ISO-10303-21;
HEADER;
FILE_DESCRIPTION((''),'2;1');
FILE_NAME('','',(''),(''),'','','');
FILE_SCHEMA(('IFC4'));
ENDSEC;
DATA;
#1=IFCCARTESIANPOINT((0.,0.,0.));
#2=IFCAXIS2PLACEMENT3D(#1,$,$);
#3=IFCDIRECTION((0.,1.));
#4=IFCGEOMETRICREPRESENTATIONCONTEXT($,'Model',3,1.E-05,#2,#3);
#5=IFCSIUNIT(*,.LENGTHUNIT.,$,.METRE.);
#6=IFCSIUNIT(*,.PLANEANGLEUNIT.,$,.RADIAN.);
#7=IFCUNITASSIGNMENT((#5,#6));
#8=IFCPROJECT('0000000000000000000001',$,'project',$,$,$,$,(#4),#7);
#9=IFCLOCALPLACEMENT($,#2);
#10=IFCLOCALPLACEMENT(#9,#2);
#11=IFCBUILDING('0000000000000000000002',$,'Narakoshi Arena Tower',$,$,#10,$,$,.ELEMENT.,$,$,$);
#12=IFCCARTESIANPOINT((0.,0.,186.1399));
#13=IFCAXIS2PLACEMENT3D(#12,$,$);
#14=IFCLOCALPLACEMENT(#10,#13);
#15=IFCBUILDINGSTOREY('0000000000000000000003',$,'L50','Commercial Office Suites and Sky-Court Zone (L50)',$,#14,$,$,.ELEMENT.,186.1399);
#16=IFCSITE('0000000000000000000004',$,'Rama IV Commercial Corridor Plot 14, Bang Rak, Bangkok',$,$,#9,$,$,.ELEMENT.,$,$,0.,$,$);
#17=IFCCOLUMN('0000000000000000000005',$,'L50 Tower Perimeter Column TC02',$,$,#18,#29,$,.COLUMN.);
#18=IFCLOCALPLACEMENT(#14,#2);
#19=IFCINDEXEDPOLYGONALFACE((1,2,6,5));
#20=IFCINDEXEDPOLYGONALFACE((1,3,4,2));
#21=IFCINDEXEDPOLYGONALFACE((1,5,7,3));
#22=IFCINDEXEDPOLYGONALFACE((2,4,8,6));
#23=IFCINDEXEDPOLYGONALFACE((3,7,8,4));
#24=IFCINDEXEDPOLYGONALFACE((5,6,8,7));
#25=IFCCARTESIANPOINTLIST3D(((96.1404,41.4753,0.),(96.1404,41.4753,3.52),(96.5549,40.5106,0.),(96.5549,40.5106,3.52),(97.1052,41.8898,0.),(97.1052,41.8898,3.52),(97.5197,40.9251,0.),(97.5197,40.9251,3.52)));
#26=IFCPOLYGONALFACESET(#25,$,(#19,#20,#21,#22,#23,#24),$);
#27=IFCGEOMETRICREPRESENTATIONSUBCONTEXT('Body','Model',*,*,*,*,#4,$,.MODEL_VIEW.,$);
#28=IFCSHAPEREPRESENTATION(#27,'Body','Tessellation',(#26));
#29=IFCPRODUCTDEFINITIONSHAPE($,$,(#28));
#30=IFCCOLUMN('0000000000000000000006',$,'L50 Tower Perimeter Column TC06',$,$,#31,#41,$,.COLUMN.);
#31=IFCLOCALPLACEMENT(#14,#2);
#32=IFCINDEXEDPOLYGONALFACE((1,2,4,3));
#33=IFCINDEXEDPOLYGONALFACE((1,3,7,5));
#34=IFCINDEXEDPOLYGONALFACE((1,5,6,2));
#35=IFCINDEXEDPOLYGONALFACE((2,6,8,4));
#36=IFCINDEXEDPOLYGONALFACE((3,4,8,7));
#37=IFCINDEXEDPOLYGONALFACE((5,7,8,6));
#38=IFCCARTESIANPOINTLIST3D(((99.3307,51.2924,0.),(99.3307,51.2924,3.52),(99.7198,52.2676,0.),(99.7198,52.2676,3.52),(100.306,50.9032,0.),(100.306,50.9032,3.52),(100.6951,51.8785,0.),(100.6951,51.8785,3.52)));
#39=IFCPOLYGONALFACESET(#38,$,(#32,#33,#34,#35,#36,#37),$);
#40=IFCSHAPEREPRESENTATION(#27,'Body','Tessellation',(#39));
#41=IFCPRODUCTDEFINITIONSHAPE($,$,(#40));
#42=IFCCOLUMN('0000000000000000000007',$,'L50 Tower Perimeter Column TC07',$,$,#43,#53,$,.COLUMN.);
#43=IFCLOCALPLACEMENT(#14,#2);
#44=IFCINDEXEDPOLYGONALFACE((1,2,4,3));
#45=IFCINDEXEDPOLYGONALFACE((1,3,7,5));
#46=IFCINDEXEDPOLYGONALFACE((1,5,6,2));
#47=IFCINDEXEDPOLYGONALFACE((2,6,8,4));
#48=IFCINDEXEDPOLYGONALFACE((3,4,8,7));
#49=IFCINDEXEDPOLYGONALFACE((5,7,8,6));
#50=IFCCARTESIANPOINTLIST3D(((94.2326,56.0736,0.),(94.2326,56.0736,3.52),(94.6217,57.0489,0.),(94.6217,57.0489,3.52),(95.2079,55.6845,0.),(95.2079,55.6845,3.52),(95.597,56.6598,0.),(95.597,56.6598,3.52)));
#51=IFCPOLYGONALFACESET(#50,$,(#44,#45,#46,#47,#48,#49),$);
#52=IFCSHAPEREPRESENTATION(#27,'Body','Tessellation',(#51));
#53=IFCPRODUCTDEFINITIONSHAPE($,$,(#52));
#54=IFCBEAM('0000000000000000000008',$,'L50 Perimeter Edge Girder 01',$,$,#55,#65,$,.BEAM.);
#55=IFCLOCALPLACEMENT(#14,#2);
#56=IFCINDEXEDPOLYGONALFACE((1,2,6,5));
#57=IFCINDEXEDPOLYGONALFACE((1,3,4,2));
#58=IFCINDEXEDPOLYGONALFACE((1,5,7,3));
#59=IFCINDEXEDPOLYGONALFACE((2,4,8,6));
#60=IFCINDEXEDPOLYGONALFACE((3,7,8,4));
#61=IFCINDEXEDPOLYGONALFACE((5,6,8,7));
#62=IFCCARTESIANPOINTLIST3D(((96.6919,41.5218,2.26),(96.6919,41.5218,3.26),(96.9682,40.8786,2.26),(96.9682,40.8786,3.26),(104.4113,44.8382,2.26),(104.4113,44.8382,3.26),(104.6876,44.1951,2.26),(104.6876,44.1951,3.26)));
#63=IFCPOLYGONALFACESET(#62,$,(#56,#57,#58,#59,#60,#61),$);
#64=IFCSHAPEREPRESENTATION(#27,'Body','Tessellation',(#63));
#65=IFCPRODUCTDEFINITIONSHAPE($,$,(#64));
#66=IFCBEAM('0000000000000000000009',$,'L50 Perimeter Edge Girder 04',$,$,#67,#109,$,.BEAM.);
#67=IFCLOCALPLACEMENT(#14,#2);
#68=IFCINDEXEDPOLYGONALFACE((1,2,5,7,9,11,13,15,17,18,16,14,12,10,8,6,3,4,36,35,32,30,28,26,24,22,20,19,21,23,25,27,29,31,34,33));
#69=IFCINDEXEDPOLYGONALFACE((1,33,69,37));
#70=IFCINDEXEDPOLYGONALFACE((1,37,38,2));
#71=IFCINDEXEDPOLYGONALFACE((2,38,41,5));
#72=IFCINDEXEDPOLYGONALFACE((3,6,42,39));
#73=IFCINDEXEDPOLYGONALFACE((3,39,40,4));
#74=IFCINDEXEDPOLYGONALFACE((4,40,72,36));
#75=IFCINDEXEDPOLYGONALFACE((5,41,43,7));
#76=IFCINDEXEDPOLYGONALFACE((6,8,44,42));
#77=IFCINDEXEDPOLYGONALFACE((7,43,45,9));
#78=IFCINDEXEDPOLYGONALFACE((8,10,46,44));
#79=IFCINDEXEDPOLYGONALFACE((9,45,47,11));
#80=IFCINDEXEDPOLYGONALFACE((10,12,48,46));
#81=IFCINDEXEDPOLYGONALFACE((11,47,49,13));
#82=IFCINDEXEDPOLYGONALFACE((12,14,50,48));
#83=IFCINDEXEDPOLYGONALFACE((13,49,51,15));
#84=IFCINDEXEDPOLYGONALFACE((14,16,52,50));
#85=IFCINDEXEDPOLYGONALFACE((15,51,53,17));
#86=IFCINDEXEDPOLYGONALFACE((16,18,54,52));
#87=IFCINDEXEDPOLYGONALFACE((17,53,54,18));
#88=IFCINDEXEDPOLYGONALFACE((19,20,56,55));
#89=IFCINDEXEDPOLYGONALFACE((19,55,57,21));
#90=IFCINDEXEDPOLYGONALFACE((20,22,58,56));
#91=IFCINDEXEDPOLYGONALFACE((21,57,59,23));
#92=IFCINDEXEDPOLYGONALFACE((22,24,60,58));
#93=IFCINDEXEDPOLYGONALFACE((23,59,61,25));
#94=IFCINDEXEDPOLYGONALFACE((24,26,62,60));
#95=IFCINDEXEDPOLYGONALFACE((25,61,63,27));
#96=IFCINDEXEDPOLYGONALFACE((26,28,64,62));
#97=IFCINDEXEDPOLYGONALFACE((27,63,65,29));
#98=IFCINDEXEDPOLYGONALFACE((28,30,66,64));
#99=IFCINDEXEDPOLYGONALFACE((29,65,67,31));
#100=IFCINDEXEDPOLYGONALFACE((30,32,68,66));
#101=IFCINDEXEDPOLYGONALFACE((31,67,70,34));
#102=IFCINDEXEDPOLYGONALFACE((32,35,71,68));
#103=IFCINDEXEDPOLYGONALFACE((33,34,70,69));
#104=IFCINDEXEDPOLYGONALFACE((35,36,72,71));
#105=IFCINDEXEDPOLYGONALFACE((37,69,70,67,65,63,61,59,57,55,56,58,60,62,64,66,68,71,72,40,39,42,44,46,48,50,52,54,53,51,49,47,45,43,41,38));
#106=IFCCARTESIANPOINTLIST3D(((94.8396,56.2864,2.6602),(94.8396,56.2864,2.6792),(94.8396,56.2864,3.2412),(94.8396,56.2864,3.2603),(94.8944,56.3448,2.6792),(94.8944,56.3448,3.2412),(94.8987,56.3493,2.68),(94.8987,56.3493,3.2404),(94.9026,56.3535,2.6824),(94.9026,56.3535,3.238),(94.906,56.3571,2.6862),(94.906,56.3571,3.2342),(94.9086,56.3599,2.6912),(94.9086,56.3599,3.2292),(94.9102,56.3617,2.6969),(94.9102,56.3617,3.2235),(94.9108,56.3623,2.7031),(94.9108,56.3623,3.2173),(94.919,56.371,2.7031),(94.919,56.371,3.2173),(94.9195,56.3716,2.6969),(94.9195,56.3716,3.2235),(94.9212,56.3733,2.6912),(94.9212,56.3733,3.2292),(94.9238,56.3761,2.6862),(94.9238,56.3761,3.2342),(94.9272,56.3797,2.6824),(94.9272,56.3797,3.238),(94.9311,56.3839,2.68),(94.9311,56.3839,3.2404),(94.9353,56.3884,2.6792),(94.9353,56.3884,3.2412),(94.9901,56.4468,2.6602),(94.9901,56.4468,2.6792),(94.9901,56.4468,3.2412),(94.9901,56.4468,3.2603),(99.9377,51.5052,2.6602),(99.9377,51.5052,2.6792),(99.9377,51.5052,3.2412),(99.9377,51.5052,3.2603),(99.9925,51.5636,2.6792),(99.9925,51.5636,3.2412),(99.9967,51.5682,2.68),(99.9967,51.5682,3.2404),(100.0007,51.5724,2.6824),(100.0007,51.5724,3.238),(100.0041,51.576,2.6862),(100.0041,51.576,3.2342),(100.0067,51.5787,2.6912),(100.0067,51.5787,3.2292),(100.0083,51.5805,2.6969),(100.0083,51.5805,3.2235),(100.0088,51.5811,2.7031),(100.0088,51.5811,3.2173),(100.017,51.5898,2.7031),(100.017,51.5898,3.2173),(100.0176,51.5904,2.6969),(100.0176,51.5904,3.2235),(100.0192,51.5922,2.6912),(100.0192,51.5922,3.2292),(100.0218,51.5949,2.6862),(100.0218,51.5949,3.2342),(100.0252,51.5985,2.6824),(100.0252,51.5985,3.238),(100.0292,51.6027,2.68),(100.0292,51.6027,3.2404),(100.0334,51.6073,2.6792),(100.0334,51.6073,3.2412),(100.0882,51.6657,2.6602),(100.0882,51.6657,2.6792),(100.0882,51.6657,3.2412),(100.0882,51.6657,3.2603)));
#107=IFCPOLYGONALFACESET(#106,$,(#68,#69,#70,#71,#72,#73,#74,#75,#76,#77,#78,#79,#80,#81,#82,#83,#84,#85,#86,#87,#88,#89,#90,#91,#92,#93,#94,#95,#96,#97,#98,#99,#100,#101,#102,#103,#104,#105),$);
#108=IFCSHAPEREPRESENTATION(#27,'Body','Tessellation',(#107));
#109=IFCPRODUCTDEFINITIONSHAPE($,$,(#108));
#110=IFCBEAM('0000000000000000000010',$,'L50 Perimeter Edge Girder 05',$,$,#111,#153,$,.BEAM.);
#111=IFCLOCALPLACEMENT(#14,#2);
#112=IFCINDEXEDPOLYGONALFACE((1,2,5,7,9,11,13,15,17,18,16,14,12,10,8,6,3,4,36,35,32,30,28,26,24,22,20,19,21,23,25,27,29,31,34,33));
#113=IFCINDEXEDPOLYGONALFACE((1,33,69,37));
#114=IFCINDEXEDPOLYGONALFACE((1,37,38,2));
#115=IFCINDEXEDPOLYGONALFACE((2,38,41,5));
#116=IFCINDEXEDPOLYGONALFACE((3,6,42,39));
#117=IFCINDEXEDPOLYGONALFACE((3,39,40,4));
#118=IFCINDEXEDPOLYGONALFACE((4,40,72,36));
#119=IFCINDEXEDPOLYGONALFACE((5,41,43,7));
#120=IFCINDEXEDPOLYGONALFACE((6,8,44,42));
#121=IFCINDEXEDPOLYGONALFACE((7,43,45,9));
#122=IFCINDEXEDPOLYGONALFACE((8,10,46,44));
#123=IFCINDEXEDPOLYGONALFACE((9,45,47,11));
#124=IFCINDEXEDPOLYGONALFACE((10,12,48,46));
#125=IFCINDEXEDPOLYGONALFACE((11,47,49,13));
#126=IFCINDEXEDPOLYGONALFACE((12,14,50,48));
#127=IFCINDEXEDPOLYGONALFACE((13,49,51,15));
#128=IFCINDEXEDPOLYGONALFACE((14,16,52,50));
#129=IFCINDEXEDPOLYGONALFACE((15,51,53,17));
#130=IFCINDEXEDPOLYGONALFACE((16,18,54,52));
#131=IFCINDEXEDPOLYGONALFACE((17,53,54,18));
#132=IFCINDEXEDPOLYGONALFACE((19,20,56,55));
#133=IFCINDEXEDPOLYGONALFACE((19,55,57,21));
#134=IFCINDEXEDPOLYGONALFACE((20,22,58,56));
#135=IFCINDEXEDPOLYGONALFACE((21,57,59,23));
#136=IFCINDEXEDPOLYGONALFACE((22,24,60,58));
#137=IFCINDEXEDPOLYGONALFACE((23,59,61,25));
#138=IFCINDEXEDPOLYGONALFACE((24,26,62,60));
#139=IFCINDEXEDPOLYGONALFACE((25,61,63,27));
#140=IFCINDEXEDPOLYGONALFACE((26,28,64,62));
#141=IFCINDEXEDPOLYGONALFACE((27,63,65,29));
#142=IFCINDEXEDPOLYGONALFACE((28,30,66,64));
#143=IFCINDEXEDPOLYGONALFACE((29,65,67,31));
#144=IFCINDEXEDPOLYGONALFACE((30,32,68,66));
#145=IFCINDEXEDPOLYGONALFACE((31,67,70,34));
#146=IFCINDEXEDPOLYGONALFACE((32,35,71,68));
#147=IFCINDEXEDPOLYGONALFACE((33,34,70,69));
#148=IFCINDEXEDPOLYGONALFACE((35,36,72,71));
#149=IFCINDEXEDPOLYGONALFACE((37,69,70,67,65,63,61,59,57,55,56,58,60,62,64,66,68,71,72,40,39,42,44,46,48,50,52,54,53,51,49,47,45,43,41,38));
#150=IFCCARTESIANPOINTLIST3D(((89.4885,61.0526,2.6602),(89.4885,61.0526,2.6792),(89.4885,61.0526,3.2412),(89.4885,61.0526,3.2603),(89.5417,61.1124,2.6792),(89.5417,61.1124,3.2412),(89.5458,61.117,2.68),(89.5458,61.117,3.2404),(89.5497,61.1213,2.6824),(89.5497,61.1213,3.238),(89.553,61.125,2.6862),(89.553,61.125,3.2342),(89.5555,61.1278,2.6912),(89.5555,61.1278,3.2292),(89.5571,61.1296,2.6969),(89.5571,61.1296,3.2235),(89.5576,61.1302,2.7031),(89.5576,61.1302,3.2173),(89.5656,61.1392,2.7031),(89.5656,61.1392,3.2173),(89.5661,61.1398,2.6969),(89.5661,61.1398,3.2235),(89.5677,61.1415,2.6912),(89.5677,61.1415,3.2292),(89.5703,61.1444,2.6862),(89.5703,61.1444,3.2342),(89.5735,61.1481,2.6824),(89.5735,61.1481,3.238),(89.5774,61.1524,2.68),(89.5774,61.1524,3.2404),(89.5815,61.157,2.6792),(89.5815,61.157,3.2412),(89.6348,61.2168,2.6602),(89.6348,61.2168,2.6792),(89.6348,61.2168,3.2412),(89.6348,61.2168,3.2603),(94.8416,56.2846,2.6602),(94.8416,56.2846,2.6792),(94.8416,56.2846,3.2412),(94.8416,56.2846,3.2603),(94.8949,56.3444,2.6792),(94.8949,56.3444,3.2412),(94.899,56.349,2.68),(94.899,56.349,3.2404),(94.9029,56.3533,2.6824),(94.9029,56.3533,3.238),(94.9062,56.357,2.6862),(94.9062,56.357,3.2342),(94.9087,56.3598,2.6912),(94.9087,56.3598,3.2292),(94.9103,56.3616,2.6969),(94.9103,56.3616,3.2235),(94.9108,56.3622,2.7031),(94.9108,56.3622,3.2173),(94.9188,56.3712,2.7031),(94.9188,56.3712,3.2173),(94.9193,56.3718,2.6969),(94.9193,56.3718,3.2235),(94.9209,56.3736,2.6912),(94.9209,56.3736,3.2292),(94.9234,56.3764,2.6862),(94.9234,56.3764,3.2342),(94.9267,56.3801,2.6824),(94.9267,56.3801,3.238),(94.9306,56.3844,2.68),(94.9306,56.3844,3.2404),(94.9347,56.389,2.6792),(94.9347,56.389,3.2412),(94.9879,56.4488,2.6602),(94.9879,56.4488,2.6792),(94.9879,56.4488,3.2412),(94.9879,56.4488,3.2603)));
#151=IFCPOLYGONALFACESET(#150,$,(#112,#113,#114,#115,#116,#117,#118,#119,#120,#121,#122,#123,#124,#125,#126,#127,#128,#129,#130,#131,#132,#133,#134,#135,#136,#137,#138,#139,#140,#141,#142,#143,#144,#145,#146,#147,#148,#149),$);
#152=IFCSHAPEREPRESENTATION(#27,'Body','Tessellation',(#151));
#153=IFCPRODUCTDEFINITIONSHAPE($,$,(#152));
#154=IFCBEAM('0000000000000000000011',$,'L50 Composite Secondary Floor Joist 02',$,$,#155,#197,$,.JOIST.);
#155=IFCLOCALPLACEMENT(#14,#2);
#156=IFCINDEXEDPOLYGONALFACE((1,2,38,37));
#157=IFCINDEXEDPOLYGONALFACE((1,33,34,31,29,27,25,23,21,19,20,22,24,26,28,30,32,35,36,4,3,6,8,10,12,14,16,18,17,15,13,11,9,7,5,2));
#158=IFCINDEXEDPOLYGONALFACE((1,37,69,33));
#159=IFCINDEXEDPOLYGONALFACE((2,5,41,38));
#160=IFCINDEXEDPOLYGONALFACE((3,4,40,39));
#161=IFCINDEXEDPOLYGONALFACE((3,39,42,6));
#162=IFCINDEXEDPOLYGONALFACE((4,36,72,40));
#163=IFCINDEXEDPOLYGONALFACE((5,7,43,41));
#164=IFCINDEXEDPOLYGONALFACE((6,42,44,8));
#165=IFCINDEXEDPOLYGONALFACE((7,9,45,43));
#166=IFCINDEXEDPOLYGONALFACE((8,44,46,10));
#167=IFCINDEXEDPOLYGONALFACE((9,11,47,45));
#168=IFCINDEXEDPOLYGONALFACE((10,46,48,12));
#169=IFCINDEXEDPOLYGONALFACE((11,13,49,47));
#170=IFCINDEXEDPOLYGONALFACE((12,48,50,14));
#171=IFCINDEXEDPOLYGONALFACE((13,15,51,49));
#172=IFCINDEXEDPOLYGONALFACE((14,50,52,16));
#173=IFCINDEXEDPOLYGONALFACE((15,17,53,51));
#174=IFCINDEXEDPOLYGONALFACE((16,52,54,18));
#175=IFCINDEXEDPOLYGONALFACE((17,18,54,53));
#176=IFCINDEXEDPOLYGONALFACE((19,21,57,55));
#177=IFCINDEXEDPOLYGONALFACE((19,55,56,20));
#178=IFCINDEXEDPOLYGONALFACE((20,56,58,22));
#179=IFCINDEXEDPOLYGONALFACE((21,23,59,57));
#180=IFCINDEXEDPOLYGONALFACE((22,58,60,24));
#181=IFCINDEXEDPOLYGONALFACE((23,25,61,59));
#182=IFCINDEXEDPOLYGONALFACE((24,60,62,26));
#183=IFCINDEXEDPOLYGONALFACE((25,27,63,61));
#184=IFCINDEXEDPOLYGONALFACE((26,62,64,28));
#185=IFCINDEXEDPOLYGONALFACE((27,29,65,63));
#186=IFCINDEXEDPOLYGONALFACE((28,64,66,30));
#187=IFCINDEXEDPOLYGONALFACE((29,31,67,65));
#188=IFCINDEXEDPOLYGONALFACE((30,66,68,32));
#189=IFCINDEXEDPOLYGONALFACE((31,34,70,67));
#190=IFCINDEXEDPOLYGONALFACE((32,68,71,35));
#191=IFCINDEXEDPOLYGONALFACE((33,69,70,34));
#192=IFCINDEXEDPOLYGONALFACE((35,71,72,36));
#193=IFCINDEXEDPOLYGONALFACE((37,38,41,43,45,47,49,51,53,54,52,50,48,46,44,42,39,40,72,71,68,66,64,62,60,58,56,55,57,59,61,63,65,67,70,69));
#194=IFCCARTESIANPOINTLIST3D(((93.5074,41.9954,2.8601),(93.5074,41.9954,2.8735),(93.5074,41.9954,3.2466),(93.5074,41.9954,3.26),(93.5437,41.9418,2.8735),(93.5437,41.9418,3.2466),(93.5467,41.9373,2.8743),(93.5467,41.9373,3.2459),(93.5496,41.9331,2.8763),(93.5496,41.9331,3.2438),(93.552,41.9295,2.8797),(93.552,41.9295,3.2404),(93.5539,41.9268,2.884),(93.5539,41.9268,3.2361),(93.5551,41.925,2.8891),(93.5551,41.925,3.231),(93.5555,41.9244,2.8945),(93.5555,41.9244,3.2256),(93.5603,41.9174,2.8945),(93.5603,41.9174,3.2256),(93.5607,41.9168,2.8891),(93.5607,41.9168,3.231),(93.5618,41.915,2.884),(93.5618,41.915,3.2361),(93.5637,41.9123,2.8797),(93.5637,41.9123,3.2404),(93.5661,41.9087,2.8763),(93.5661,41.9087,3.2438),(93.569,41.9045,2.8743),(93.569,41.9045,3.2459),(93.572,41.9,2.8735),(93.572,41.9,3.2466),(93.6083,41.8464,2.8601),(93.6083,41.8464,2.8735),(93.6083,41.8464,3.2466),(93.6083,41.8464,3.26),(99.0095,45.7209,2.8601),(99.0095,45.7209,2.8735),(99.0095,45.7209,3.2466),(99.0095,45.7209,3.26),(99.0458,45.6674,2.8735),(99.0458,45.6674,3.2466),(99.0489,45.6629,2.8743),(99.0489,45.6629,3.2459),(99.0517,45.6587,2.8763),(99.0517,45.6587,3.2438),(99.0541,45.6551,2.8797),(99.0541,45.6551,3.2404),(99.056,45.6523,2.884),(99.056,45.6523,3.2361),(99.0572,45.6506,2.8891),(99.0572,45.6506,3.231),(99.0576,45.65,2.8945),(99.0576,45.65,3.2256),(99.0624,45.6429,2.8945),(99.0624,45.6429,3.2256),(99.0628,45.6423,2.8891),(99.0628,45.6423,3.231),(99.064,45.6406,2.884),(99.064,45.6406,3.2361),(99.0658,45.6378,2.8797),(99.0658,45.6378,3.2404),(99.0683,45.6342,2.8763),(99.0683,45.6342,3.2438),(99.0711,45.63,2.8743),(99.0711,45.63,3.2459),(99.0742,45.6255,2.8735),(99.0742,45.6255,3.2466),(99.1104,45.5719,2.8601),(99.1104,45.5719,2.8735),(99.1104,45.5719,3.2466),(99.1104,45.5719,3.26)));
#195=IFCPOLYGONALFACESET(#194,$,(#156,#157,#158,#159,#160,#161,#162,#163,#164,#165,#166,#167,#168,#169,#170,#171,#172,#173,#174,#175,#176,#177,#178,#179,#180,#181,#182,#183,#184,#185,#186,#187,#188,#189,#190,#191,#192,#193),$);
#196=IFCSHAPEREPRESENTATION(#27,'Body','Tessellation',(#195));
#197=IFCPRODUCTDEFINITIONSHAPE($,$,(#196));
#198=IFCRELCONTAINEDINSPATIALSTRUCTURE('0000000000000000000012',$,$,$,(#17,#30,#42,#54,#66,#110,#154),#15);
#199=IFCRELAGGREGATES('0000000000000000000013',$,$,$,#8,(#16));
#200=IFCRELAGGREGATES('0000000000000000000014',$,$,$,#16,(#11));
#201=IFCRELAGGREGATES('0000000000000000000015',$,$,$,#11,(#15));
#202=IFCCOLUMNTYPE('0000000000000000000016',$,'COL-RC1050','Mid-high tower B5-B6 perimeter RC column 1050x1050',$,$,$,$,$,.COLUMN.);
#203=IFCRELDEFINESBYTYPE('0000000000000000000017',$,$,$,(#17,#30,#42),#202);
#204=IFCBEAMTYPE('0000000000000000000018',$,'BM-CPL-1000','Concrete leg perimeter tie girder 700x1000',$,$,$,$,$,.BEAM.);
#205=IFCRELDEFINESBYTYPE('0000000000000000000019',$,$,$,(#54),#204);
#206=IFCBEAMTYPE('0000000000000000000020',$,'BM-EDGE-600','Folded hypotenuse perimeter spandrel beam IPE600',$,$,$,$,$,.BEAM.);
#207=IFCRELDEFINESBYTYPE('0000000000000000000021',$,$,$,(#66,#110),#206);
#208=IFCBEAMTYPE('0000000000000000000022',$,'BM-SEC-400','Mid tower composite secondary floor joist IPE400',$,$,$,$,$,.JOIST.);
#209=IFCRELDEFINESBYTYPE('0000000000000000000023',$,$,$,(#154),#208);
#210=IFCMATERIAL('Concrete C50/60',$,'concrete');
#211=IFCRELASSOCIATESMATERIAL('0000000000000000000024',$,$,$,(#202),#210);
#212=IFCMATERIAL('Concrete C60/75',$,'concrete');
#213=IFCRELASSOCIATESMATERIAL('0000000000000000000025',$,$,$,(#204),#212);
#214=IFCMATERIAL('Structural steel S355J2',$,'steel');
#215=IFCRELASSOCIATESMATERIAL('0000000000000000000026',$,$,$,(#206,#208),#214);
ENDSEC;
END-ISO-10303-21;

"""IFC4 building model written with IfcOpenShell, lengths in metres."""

from ifc_helpers import new_model, si_unit, direction, frame, origin, origin_2d, place, context, subcontext, project, spatial, rectangle, i_section, extrude, material, material_profile, profile_set, type_object, element, save


model = new_model("IFC4")

# Units and contexts
model_context = context("Model", 3, precision=1e-05, world=origin(), true_north=direction((0.0, 1.0)))
body_context = subcontext(model_context, "Body", "Model", "MODEL_VIEW")
ifc_project = project(units=[si_unit("LENGTHUNIT", "METRE"), si_unit("PLANEANGLEUNIT", "RADIAN")], contexts=[model_context])

# Site, building, storey
site_placement = place(None, origin())
site = spatial("IfcSite", under=ifc_project, at=site_placement, Name="Rama IV Commercial Corridor Plot 14, Bang Rak, Bangkok", CompositionType="ELEMENT", RefElevation=0.0)
building_placement = place(site_placement, origin())
building = spatial("IfcBuilding", under=site, at=building_placement, Name="Narakoshi Arena Tower", CompositionType="ELEMENT")
storey_placement = place(building_placement, frame((0.0, 0.0, 186.1399)))
storey = spatial("IfcBuildingStorey", under=building, at=storey_placement, Name="L50", Description="Commercial Office Suites and Sky-Court Zone (L50)", CompositionType="ELEMENT", Elevation=186.1399)

# Columns
ifc_material_1 = material(Name="Concrete C50/60", Category="concrete")
ifc_material_profile_1 = material_profile(ifc_material_1, rectangle(XDim=1.05, YDim=1.05, at=origin_2d()), Name="RC1050x1050")
ifc_profile_set_1 = profile_set([ifc_material_profile_1], Name="Concrete C50/60")
column_type = type_object("IfcColumnType", Name="COL-RC1050", Description="Mid-high tower B5-B6 perimeter RC column 1050x1050", PredefinedType="COLUMN", material=ifc_profile_set_1)
for number, where, z_axis, x_axis, name in (
    (1, (96.8301, 41.2002, 0.0), (0.0, 0.0, 1.0), (0.918791, 0.394744, 0.0), "L50 Tower Perimeter Column TC02"),
    (2, (100.0129, 51.5854, 0.0), (0.0, 0.0, 1.0), (0.370557, 0.92881, 0.0), "L50 Tower Perimeter Column TC06"),
    (3, (94.9148, 56.3667, 0.0), (0.0, 0.0, 1.0), (0.370557, 0.92881, 0.0), "L50 Tower Perimeter Column TC07"),
):
    element("IfcColumn", number, at=place(storey_placement, frame(where, z_axis=z_axis, x_axis=x_axis)), inside=storey, type_object=column_type, Name=name, PredefinedType="COLUMN", context=body_context, shape_type="SweptSolid", body=[
        extrude(rectangle(XDim=1.05, YDim=1.05, at=origin_2d()), origin(), (0.0, 0.0, 1.0), 3.52),
    ])

# Beams
ifc_material_2 = material(Name="Concrete C60/75", Category="concrete")
ifc_material_profile_2 = material_profile(ifc_material_2, rectangle(XDim=0.7, YDim=1.0, at=origin_2d()), Name="RCB700x1000")
ifc_profile_set_2 = profile_set([ifc_material_profile_2], Name="Concrete C60/75")
beam_type_1 = type_object("IfcBeamType", Name="BM-CPL-1000", Description="Concrete leg perimeter tie girder 700x1000", PredefinedType="BEAM", material=ifc_profile_set_2)
beam_1_placement = place(storey_placement, frame((96.8301, 41.2002, 2.76), z_axis=(0.918793, 0.39474, 0.0), x_axis=(-0.39474, 0.918793, 0.0)))
element("IfcBeam", 4, at=beam_1_placement, inside=storey, type_object=beam_type_1, Name="L50 Perimeter Edge Girder 01", PredefinedType="BEAM", context=body_context, shape_type="SweptSolid", body=[
    extrude(rectangle(XDim=0.7, YDim=1.0, at=origin_2d()), origin(), (0.0, 0.0, 1.0), 8.4016),
])
ifc_material_3 = material(Name="Structural steel S355J2", Category="steel")
ifc_material_profile_3 = material_profile(ifc_material_3, i_section(OverallWidth=0.22, OverallDepth=0.6001, WebThickness=0.012, FlangeThickness=0.019, FilletRadius=0.0239, at=origin_2d()), Name="IPE600")
ifc_profile_set_3 = profile_set([ifc_material_profile_3], Name="Structural steel S355J2")
beam_type_2 = type_object("IfcBeamType", Name="BM-EDGE-600", Description="Folded hypotenuse perimeter spandrel beam IPE600", PredefinedType="BEAM", material=ifc_profile_set_3)
beam_2_placement = place(storey_placement, frame((100.0129, 51.5854, 2.9602), z_axis=(-0.729413, 0.684074, 0.0), x_axis=(-0.684074, -0.729413, 0.0)))
element("IfcBeam", 5, at=beam_2_placement, inside=storey, type_object=beam_type_2, Name="L50 Perimeter Edge Girder 04", PredefinedType="BEAM", context=body_context, shape_type="SweptSolid", body=[
    extrude(i_section(OverallWidth=0.22, OverallDepth=0.6001, WebThickness=0.012, FlangeThickness=0.019, FilletRadius=0.0239, at=origin_2d()), origin(), (0.0, 0.0, 1.0), 6.9893),
])
beam_3_placement = place(storey_placement, frame((94.9148, 56.3667, 2.9602), z_axis=(-0.746744, 0.665112, 0.0), x_axis=(-0.665112, -0.746744, 0.0)))
element("IfcBeam", 6, at=beam_3_placement, inside=storey, type_object=beam_type_2, Name="L50 Perimeter Edge Girder 05", PredefinedType="BEAM", context=body_context, shape_type="SweptSolid", body=[
    extrude(i_section(OverallWidth=0.22, OverallDepth=0.6001, WebThickness=0.012, FlangeThickness=0.019, FilletRadius=0.0239, at=origin_2d()), origin(), (0.0, 0.0, 1.0), 7.1687),
])
ifc_material_profile_4 = material_profile(ifc_material_3, i_section(OverallWidth=0.1799, OverallDepth=0.3999, WebThickness=0.0085, FlangeThickness=0.0134, FilletRadius=0.021, at=origin_2d()), Name="IPE400")
ifc_profile_set_4 = profile_set([ifc_material_profile_4], Name="Structural steel S355J2")
beam_type_3 = type_object("IfcBeamType", Name="BM-SEC-400", Description="Mid tower composite secondary floor joist IPE400", PredefinedType="JOIST", material=ifc_profile_set_4)
beam_4_placement = place(storey_placement, frame((93.5579, 41.9209, 3.0601), z_axis=(0.828038, 0.560672, 0.0), x_axis=(-0.560672, 0.828038, 0.0)))
element("IfcBeam", 7, at=beam_4_placement, inside=storey, type_object=beam_type_3, Name="L50 Composite Secondary Floor Joist 02", PredefinedType="JOIST", context=body_context, shape_type="SweptSolid", body=[
    extrude(i_section(OverallWidth=0.1799, OverallDepth=0.3999, WebThickness=0.0085, FlangeThickness=0.0134, FilletRadius=0.021, at=origin_2d()), origin(), (0.0, 0.0, 1.0), 6.6448),
])

save(model, "model.ifc")
